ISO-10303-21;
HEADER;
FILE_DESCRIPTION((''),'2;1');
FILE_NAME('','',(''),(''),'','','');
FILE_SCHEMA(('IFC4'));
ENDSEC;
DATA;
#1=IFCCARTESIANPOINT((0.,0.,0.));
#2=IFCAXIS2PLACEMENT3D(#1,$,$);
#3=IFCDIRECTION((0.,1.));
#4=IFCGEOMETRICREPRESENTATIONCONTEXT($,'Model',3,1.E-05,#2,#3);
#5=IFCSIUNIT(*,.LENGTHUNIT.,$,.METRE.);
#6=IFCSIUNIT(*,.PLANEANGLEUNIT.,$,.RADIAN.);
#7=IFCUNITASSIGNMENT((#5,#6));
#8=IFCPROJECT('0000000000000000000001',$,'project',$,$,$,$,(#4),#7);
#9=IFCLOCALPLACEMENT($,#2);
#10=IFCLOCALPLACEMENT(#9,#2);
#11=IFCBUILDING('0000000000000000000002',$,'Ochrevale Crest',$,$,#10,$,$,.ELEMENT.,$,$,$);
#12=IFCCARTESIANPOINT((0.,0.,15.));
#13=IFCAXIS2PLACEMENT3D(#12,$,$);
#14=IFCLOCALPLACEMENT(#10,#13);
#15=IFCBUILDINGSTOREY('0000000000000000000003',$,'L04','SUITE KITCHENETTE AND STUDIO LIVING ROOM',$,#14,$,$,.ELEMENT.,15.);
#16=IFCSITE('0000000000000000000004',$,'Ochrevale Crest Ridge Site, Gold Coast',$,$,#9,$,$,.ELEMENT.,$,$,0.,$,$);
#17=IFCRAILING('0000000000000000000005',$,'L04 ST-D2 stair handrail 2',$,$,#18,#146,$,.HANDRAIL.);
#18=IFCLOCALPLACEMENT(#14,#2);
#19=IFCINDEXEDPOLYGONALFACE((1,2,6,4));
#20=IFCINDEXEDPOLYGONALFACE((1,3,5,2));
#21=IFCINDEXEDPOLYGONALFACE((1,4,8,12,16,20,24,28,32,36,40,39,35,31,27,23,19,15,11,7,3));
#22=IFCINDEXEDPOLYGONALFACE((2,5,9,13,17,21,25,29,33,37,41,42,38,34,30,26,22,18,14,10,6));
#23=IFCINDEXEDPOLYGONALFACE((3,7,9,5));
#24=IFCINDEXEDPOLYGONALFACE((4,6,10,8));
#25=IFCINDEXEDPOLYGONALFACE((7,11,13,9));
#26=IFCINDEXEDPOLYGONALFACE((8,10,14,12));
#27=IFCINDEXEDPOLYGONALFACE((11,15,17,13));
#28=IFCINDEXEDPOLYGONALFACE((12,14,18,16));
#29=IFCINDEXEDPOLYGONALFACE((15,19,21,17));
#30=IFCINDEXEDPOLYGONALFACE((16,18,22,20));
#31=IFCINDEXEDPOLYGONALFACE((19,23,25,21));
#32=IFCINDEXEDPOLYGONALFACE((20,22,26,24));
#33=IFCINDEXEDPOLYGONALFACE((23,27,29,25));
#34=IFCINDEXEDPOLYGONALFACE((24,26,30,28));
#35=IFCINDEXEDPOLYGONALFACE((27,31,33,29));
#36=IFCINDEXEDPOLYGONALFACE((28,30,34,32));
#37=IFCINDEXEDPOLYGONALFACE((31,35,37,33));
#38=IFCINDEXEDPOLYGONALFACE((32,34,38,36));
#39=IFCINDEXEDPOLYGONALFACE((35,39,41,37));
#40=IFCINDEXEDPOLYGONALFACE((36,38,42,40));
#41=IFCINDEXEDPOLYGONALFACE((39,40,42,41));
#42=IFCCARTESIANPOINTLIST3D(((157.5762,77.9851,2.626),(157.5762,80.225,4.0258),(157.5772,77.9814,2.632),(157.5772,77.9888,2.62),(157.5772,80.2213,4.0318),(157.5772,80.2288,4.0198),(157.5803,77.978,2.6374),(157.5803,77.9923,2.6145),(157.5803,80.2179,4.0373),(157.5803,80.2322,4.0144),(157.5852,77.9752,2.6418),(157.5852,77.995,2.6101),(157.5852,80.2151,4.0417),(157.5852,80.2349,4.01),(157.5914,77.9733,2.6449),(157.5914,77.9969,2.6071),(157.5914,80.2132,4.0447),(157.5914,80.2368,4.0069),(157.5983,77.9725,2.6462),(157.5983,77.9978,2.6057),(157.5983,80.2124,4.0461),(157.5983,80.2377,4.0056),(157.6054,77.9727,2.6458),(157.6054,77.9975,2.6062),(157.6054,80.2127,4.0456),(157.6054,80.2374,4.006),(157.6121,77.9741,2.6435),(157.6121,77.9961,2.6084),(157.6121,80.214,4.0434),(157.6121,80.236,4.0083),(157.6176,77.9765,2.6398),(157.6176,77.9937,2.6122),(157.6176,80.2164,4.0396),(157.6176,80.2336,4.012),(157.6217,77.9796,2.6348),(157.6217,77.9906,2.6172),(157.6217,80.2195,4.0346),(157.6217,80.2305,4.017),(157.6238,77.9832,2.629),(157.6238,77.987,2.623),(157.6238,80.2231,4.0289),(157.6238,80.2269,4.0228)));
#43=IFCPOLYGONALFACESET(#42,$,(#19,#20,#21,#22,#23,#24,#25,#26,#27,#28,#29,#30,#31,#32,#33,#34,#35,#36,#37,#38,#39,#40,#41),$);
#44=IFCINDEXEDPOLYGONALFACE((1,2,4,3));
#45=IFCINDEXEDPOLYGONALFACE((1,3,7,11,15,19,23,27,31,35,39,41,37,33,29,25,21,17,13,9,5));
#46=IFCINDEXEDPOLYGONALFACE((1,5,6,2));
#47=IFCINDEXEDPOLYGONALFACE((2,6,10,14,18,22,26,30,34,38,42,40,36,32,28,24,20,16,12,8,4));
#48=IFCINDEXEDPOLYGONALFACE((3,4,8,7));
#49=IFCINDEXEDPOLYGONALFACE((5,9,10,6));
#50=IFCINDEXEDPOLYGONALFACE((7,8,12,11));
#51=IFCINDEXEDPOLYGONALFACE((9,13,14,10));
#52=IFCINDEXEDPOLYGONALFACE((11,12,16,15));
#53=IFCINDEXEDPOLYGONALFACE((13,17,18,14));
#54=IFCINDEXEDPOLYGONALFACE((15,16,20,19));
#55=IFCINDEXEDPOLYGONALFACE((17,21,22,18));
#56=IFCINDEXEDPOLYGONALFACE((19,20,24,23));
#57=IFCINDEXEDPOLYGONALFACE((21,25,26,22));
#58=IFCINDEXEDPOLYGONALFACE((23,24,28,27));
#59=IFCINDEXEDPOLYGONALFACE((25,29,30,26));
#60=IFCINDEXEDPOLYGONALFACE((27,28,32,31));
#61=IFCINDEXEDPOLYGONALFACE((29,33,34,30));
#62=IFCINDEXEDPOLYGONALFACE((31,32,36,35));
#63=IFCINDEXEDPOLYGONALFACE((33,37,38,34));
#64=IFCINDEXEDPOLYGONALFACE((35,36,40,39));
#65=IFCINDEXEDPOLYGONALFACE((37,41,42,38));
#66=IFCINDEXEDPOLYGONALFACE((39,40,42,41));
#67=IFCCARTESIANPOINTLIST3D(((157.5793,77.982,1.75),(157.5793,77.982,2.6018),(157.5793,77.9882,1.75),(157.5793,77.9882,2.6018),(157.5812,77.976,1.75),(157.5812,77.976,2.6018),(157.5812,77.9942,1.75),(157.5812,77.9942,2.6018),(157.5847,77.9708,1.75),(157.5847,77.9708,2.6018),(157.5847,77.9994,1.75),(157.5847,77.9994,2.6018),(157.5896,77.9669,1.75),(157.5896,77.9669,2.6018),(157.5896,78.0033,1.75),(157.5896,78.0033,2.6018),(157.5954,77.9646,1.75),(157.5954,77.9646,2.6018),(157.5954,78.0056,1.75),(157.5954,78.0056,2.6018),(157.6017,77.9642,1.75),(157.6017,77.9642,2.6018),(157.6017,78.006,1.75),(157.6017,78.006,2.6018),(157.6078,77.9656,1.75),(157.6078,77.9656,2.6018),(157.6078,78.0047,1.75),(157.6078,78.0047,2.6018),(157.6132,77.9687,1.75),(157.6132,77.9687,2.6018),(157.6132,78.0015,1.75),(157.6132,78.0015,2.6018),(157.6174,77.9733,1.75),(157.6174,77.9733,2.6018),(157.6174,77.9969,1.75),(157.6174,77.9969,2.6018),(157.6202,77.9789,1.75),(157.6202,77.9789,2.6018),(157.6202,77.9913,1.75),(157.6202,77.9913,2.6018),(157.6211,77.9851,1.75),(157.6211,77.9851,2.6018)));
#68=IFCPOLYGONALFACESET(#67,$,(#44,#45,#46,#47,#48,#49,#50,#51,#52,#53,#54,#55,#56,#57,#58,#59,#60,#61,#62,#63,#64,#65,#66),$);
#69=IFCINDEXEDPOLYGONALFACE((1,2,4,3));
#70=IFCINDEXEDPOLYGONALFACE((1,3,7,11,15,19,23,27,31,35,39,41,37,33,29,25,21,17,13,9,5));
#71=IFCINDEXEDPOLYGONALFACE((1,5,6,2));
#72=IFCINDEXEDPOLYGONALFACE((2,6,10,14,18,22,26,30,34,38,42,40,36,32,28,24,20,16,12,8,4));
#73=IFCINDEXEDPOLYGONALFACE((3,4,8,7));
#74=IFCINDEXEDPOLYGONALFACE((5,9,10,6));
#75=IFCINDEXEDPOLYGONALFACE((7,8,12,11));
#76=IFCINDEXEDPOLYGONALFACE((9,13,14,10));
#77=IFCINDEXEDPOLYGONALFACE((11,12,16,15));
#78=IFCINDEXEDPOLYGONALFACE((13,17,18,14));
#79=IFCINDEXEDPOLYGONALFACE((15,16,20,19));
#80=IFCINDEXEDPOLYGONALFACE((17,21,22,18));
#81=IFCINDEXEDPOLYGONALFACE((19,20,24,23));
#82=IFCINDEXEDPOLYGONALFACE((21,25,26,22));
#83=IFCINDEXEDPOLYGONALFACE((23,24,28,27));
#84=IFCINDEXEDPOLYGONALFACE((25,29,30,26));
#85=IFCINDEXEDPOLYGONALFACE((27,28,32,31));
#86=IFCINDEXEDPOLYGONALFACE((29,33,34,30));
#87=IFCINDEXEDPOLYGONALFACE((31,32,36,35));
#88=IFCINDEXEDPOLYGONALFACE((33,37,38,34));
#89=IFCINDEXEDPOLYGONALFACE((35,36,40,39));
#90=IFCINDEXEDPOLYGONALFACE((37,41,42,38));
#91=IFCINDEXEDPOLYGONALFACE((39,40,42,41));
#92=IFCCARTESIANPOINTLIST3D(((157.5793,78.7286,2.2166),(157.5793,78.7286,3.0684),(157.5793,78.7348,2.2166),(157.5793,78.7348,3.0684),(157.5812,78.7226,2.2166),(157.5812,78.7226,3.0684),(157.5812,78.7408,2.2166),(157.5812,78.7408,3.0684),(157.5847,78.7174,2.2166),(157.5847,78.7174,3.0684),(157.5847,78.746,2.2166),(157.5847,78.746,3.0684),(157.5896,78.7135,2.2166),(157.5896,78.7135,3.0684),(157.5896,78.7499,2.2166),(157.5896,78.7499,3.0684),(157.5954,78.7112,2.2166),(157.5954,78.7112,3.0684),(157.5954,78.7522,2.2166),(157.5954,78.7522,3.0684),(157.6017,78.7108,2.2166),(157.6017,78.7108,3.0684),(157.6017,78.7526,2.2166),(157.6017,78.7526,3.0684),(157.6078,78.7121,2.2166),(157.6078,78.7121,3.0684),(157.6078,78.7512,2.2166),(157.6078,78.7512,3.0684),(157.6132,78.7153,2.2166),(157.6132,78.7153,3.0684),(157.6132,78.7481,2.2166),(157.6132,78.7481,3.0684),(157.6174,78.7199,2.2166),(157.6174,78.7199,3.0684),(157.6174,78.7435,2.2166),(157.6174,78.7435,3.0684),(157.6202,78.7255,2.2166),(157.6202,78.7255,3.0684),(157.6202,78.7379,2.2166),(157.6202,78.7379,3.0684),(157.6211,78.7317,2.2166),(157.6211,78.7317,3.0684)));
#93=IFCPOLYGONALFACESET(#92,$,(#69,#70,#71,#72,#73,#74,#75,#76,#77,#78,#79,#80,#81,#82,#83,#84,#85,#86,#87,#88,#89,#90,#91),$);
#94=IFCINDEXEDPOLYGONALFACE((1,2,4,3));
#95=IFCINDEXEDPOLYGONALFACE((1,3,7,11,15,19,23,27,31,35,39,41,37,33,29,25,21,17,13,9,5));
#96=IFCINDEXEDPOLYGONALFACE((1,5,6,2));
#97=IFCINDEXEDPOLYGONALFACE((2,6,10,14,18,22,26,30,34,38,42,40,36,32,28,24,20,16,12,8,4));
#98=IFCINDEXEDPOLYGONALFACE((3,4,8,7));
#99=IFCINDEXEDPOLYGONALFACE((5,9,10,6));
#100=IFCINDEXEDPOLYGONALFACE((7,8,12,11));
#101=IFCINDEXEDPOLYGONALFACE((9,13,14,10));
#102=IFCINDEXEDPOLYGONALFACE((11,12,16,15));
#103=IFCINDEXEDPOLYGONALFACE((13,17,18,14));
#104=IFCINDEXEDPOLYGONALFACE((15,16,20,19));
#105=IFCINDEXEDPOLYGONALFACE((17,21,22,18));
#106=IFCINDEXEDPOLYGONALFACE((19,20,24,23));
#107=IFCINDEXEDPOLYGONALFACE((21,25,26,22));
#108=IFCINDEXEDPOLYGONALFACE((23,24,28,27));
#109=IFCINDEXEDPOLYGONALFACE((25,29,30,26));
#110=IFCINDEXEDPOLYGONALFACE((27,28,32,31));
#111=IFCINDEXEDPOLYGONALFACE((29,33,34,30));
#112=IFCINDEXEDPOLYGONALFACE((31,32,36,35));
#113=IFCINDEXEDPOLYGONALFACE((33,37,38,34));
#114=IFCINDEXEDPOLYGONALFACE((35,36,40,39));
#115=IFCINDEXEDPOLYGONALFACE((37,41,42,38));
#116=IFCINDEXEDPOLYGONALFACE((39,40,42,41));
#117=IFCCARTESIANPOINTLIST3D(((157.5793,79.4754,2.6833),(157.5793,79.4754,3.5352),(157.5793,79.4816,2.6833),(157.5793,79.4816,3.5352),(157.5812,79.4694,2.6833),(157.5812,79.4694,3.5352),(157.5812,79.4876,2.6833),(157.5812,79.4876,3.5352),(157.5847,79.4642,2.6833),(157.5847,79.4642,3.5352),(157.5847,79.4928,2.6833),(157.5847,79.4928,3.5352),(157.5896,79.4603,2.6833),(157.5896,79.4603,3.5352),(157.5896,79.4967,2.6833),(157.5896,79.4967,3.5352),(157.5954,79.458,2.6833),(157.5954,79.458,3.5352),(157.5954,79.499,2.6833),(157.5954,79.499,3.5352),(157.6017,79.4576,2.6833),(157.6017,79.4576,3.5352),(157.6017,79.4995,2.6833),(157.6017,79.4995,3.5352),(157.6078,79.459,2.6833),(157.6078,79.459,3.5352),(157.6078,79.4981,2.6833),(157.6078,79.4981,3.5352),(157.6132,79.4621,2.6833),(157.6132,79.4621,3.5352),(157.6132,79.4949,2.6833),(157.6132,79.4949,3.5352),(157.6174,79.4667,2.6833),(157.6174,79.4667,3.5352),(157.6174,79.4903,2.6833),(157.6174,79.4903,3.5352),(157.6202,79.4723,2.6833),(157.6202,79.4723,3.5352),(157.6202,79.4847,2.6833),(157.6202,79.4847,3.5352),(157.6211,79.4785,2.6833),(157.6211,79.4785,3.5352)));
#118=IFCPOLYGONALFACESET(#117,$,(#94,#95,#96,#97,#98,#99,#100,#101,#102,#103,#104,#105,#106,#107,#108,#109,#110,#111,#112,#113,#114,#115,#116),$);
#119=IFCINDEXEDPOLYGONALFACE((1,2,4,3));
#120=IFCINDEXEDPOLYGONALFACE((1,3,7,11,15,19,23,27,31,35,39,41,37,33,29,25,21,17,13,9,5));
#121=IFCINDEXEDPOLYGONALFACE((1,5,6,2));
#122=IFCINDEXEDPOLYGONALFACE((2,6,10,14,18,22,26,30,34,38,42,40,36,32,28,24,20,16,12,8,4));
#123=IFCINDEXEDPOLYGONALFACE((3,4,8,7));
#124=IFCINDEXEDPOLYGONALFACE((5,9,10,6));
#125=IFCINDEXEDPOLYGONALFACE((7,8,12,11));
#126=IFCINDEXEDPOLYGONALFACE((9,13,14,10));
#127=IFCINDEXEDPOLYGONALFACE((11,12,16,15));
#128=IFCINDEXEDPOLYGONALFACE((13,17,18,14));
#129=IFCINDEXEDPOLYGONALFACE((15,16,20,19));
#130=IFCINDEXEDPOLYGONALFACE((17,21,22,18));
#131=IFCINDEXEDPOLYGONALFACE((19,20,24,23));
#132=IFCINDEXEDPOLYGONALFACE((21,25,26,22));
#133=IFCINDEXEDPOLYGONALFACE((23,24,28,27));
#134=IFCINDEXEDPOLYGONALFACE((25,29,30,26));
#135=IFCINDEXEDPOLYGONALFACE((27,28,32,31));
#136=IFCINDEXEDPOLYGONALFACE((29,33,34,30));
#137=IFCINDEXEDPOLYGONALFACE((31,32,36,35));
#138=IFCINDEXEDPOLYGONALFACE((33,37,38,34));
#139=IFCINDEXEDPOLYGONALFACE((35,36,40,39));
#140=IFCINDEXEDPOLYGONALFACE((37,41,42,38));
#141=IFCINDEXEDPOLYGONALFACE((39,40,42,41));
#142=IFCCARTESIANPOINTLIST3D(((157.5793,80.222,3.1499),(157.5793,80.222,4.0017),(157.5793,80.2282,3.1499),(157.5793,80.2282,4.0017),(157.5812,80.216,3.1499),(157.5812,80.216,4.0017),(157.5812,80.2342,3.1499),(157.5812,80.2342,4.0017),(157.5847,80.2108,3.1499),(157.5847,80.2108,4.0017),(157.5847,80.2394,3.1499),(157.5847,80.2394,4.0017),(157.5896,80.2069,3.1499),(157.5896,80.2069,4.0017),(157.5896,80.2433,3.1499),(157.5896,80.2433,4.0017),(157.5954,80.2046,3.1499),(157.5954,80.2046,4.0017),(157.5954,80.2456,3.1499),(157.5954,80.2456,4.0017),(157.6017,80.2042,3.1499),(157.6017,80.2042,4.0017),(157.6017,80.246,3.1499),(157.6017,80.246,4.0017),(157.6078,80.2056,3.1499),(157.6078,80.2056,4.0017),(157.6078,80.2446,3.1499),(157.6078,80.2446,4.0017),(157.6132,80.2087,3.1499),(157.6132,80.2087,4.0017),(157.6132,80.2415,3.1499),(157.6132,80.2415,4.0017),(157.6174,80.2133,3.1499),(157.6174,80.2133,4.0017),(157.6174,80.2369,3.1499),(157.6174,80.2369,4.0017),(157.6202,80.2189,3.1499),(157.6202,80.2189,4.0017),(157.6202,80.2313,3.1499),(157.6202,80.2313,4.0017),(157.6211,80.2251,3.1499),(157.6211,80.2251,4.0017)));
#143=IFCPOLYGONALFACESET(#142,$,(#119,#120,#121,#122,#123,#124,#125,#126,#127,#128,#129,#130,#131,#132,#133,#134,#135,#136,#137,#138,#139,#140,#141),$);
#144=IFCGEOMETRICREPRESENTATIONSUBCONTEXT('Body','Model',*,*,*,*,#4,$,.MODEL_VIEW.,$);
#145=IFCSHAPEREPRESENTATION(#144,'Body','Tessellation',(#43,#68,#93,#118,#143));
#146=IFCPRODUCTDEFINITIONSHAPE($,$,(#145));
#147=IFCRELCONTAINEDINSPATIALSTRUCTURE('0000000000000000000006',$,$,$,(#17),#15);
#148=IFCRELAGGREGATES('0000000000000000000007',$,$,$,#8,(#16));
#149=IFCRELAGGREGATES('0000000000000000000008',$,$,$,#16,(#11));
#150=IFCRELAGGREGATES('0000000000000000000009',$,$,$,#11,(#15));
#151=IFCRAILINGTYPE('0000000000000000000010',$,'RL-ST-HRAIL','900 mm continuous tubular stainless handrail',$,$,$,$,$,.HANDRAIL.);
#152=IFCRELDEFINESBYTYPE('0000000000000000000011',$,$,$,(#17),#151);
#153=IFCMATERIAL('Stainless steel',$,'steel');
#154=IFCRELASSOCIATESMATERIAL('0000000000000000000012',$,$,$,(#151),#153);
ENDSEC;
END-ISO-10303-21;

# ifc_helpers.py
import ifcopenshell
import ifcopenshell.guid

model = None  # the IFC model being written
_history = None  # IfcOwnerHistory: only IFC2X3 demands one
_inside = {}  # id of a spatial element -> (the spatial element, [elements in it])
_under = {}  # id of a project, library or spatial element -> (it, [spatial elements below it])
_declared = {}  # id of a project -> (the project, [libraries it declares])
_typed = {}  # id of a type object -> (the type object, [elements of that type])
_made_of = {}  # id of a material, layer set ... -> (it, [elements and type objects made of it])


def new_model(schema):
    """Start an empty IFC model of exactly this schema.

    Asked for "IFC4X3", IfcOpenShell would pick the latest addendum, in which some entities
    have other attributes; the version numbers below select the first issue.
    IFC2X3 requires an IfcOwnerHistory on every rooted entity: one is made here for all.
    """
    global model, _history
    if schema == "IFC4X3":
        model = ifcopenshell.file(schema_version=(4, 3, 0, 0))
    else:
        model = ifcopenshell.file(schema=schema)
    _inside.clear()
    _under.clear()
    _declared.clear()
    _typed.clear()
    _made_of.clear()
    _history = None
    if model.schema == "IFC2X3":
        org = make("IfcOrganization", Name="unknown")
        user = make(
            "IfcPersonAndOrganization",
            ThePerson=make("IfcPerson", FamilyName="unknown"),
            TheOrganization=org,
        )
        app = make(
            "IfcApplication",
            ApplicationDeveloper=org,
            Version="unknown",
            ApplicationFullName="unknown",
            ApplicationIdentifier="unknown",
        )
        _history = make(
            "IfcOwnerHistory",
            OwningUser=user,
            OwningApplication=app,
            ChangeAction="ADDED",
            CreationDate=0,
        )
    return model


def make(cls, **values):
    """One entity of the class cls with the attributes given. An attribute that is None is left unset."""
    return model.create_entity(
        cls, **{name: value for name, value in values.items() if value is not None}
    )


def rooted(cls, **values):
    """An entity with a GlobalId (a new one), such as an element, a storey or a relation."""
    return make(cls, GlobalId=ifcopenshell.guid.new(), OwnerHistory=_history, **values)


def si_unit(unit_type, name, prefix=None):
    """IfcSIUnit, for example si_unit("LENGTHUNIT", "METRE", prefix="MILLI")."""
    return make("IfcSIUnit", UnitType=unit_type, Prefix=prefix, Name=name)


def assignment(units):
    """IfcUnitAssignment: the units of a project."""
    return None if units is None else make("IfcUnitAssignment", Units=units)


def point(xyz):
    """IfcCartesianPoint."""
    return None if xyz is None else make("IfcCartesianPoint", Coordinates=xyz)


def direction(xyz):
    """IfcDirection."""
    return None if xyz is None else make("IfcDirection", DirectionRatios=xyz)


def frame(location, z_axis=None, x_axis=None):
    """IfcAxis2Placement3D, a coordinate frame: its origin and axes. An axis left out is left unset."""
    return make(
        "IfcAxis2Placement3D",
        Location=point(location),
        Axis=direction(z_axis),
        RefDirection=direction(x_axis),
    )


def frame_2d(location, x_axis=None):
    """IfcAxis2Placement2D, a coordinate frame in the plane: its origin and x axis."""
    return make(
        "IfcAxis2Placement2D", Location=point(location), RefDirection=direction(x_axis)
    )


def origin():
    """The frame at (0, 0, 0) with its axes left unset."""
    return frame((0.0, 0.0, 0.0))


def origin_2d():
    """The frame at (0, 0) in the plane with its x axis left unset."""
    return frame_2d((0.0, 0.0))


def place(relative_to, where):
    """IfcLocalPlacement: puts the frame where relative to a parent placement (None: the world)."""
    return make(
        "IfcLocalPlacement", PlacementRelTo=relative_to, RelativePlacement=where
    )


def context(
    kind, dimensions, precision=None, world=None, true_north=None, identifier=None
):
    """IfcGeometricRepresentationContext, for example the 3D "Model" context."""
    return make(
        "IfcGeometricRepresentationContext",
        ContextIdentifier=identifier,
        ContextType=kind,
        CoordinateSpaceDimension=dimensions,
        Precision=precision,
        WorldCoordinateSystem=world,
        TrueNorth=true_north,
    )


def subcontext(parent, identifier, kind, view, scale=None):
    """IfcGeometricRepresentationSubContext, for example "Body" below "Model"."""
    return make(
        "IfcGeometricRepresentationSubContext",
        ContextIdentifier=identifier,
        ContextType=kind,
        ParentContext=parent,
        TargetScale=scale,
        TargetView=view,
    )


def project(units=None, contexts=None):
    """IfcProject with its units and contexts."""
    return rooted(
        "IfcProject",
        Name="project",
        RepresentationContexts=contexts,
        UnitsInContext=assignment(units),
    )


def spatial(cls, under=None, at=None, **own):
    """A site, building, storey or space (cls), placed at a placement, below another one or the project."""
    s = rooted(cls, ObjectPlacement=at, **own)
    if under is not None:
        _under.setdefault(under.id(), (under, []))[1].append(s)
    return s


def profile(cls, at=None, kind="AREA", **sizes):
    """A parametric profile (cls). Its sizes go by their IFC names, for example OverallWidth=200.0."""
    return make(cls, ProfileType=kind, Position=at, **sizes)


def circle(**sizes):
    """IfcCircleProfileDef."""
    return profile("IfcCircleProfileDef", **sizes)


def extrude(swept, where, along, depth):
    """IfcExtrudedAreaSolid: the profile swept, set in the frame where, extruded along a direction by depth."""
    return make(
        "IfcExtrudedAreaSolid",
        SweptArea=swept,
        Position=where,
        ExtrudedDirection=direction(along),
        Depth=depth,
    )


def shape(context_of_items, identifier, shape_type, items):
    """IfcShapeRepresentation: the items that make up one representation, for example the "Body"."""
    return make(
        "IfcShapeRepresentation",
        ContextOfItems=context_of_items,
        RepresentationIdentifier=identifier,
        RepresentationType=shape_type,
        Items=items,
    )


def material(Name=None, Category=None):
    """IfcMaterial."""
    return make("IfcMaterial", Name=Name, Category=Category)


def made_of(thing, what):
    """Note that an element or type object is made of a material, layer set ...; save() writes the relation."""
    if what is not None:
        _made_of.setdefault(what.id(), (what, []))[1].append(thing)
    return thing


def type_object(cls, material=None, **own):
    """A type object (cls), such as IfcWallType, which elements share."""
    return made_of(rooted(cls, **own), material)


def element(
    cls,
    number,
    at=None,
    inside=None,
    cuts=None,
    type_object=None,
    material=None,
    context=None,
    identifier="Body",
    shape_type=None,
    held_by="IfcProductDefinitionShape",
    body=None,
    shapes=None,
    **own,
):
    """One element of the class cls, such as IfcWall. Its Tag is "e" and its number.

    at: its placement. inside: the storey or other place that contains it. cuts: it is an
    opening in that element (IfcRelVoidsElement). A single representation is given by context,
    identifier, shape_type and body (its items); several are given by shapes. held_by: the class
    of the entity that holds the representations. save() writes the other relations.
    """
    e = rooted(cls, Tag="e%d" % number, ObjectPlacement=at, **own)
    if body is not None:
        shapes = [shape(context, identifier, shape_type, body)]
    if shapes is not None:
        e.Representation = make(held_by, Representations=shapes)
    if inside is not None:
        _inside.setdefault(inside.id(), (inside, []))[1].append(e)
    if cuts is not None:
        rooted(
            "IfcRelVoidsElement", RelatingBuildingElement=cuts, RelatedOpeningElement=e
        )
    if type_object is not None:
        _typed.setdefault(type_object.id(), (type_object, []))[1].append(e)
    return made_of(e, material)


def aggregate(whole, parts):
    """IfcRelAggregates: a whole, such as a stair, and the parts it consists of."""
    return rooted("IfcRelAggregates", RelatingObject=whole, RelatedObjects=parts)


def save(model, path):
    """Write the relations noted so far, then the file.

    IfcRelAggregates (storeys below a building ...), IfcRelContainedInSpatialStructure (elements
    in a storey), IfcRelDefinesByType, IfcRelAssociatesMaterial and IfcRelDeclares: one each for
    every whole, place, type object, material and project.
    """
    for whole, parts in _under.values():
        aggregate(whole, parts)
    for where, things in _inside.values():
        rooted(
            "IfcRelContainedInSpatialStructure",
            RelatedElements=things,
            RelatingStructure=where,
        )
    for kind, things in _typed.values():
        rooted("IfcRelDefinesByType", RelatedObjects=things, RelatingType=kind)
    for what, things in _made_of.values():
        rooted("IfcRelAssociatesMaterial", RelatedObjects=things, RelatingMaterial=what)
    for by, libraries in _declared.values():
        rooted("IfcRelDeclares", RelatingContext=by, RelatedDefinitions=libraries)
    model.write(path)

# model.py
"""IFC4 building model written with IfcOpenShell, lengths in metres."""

from ifc_helpers import new_model, si_unit, direction, frame, origin, origin_2d, place, context, subcontext, project, spatial, circle, extrude, material, type_object, element, save


model = new_model("IFC4")

# Units and contexts
model_context = context("Model", 3, precision=1e-05, world=origin(), true_north=direction((0.0, 1.0)))
body_context = subcontext(model_context, "Body", "Model", "MODEL_VIEW")
ifc_project = project(units=[si_unit("LENGTHUNIT", "METRE"), si_unit("PLANEANGLEUNIT", "RADIAN")], contexts=[model_context])

# Site, building, storey
site_placement = place(None, origin())
site = spatial("IfcSite", under=ifc_project, at=site_placement, Name="Ochrevale Crest Ridge Site, Gold Coast", CompositionType="ELEMENT", RefElevation=0.0)
building_placement = place(site_placement, origin())
building = spatial("IfcBuilding", under=site, at=building_placement, Name="Ochrevale Crest", CompositionType="ELEMENT")
storey_placement = place(building_placement, frame((0.0, 0.0, 15.0)))
storey = spatial("IfcBuildingStorey", under=building, at=storey_placement, Name="L04", Description="SUITE KITCHENETTE AND STUDIO LIVING ROOM", CompositionType="ELEMENT", Elevation=15.0)

# Railing
ifc_material_1 = material(Name="Stainless steel", Category="steel")
railing_type_1 = type_object("IfcRailingType", Name="RL-ST-HRAIL", Description="900 mm continuous tubular stainless handrail", PredefinedType="HANDRAIL", material=ifc_material_1)
railing_1_placement = place(storey_placement, frame((157.6001, 77.9851, 1.75)))
element("IfcRailing", 1, at=railing_1_placement, inside=storey, type_object=railing_type_1, Name="L04 ST-D2 stair handrail 2", PredefinedType="HANDRAIL", context=body_context, shape_type="SweptSolid", body=[
    extrude(circle(Radius=0.0239, at=origin_2d()), frame((0.0, 0.0, 0.876), z_axis=(0.0, 0.848014, 0.529974), x_axis=(-1.0, 0.0, 0.0)), (0.0, 0.0, 1.0), 2.6414),
    extrude(circle(Radius=0.021, at=origin_2d()), origin(), (0.0, 0.0, 1.0), 0.8518),
    extrude(circle(Radius=0.021, at=origin_2d()), frame((0.0, 0.7466, 0.4666)), (0.0, 0.0, 1.0), 0.8518),
    extrude(circle(Radius=0.021, at=origin_2d()), frame((0.0, 1.4934, 0.9333)), (0.0, 0.0, 1.0), 0.8518),
    extrude(circle(Radius=0.021, at=origin_2d()), frame((0.0, 2.24, 1.3999)), (0.0, 0.0, 1.0), 0.8518),
])

save(model, "model.ifc")
